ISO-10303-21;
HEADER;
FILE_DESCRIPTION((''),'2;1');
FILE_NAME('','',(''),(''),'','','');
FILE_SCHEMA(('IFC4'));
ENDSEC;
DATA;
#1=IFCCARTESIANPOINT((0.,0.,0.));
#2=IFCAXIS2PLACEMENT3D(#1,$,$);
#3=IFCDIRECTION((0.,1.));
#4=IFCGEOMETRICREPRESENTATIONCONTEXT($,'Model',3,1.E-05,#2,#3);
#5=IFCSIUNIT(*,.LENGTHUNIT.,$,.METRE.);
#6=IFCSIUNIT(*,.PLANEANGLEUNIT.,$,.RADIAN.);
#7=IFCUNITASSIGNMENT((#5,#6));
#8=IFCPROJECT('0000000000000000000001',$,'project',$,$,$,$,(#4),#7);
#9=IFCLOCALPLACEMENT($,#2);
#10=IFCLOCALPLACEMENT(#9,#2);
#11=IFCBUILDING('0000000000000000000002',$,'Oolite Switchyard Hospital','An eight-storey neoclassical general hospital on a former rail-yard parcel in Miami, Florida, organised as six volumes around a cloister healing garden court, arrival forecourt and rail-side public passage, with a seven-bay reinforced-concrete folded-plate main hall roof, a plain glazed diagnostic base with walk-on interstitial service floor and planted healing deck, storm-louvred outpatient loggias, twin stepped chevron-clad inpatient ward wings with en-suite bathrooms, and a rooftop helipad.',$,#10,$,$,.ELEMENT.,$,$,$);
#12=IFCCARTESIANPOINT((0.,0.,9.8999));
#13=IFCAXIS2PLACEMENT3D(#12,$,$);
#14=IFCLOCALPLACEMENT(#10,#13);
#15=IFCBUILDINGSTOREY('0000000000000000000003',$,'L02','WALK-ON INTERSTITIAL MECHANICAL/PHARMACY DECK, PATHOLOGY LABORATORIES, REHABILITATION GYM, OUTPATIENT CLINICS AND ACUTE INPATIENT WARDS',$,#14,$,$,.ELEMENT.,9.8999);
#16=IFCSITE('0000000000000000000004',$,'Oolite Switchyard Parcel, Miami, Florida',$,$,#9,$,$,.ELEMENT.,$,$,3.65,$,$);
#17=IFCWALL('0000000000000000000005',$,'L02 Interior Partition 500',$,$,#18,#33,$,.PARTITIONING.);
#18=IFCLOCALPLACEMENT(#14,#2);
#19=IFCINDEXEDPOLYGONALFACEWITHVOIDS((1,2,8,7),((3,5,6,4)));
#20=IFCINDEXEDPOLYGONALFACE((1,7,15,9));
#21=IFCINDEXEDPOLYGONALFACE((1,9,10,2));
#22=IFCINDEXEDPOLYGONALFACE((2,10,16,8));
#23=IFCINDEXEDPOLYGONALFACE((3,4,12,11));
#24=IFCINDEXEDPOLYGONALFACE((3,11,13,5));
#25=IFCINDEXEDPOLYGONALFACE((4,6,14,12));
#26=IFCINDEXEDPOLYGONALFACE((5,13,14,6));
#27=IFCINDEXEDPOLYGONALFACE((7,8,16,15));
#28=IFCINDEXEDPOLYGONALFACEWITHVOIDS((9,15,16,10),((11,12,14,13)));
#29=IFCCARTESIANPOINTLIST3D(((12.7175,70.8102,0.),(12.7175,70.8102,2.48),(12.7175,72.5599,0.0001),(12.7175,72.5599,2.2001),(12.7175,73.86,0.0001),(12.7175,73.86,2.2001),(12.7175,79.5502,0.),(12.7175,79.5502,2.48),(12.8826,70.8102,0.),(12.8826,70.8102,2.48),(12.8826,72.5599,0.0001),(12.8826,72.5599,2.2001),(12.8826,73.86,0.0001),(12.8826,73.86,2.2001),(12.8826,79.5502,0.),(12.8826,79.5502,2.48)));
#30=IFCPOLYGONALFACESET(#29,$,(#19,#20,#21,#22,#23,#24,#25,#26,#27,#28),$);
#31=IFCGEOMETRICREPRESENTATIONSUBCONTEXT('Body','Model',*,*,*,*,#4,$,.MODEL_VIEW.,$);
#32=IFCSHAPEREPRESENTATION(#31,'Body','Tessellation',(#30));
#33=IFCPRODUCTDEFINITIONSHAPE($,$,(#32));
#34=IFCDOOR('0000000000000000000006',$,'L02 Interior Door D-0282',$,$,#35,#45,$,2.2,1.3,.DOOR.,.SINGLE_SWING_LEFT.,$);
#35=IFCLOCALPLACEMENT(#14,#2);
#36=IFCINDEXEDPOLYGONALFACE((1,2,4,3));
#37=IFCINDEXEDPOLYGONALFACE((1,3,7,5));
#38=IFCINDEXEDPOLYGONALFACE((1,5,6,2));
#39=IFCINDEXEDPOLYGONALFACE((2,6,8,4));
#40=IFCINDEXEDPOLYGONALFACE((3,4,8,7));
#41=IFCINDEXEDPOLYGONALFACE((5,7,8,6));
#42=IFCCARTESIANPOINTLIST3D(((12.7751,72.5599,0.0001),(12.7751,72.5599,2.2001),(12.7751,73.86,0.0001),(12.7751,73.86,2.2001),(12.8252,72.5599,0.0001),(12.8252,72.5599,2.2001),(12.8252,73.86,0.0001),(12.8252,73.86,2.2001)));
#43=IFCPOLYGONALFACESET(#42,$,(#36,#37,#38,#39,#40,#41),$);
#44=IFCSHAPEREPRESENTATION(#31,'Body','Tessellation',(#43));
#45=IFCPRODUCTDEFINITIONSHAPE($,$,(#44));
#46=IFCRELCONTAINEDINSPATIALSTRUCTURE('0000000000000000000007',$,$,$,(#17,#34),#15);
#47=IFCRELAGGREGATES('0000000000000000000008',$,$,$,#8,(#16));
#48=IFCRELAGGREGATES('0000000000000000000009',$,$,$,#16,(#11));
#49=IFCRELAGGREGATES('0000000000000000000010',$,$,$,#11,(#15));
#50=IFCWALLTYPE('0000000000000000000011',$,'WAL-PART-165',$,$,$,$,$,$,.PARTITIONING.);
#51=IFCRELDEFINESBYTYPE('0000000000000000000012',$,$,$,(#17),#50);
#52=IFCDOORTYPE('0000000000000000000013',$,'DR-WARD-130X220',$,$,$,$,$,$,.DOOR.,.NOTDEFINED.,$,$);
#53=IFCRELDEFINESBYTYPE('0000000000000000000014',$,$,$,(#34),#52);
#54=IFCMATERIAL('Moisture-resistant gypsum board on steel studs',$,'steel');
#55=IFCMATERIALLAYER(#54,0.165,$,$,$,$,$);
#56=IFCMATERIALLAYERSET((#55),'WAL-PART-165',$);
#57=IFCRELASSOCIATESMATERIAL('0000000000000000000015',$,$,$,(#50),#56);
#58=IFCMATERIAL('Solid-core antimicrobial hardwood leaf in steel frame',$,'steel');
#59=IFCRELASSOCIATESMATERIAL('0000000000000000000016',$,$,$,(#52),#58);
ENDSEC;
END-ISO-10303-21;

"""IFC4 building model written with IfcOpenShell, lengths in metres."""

from ifc_helpers import new_model, si_unit, direction, frame, frame_2d, origin, place, context, subcontext, project, spatial, rectangle, extrude, material, layer, layer_set, type_object, element, fill, save


model = new_model("IFC4")

# Units and contexts
model_context = context("Model", 3, precision=1e-05, world=origin(), true_north=direction((0.0, 1.0)))
body_context = subcontext(model_context, "Body", "Model", "MODEL_VIEW")
ifc_project = project(units=[si_unit("LENGTHUNIT", "METRE"), si_unit("PLANEANGLEUNIT", "RADIAN")], contexts=[model_context])

# Site, building, storey
site_placement = place(None, origin())
site = spatial("IfcSite", under=ifc_project, at=site_placement, Name="Oolite Switchyard Parcel, Miami, Florida", CompositionType="ELEMENT", RefElevation=3.65)
building_placement = place(site_placement, origin())
building = spatial("IfcBuilding", under=site, at=building_placement, Name="Oolite Switchyard Hospital", Description="An eight-storey neoclassical general hospital on a former rail-yard parcel in Miami, Florida, organised as six volumes around a cloister healing garden court, arrival forecourt and rail-side public passage, with a seven-bay reinforced-concrete folded-plate main hall roof, a plain glazed diagnostic base with walk-on interstitial service floor and planted healing deck, storm-louvred outpatient loggias, twin stepped chevron-clad inpatient ward wings with en-suite bathrooms, and a rooftop helipad.", CompositionType="ELEMENT")
storey_placement = place(building_placement, frame((0.0, 0.0, 9.8999)))
storey = spatial("IfcBuildingStorey", under=building, at=storey_placement, Name="L02", Description="WALK-ON INTERSTITIAL MECHANICAL/PHARMACY DECK, PATHOLOGY LABORATORIES, REHABILITATION GYM, OUTPATIENT CLINICS AND ACUTE INPATIENT WARDS", CompositionType="ELEMENT", Elevation=9.8999)

# Shared definitions
ifc_material_1 = material(Name="Moisture-resistant gypsum board on steel studs", Category="steel")

# Shared definitions
ifc_material_2 = material(Name="Solid-core antimicrobial hardwood leaf in steel frame", Category="steel")

# Wall, opening, door
ifc_layer_1 = layer(ifc_material_1, 0.165)
ifc_layer_set_1 = layer_set([ifc_layer_1], Name="WAL-PART-165")
wall_type_1 = type_object("IfcWallType", Name="WAL-PART-165", PredefinedType="PARTITIONING", material=ifc_layer_set_1)
wall_1_placement = place(storey_placement, frame((12.8, 70.8101, 0.0), z_axis=(0.0, 0.0, 1.0), x_axis=(0.0, 1.0, 0.0)))
wall_1 = element("IfcWall", 1, at=wall_1_placement, inside=storey, type_object=wall_type_1, Name="L02 Interior Partition 500", PredefinedType="PARTITIONING", context=body_context, shape_type="SweptSolid", body=[
    extrude(rectangle(XDim=8.74, YDim=0.165, at=frame_2d((4.3701, 0.0))), origin(), (0.0, 0.0, 1.0), 2.48),
])
opening_1_placement = place(wall_1_placement, frame((1.75, 0.0, 0.0)))
opening_1 = element("IfcOpeningElement", 2, at=opening_1_placement, cuts=wall_1, PredefinedType="OPENING", context=body_context, shape_type="SweptSolid", body=[
    extrude(rectangle(XDim=1.3, YDim=2.2, at=frame_2d((0.6499, 1.1001))), frame((0.0, 0.0925, 0.0), z_axis=(0.0, -1.0, 0.0), x_axis=(1.0, 0.0, 0.0)), (0.0, 0.0, 1.0), 0.1851),
])
door_type_1 = type_object("IfcDoorType", Name="DR-WARD-130X220", OperationType="NOTDEFINED", PredefinedType="DOOR", material=ifc_material_2)
door_1_placement = place(opening_1_placement, origin())
door_1 = element("IfcDoor", 3, at=door_1_placement, inside=storey, type_object=door_type_1, Name="L02 Interior Door D-0282", OperationType="SINGLE_SWING_LEFT", OverallHeight=2.2, OverallWidth=1.3, PredefinedType="DOOR", context=body_context, shape_type="SweptSolid", body=[
    extrude(rectangle(XDim=1.3, YDim=2.2, at=frame_2d((0.6499, 1.1001))), frame((0.0, 0.0249, 0.0), z_axis=(0.0, -1.0, 0.0), x_axis=(1.0, 0.0, 0.0)), (0.0, 0.0, 1.0), 0.05),
])
fill(opening_1, door_1)

save(model, "model.ifc")
